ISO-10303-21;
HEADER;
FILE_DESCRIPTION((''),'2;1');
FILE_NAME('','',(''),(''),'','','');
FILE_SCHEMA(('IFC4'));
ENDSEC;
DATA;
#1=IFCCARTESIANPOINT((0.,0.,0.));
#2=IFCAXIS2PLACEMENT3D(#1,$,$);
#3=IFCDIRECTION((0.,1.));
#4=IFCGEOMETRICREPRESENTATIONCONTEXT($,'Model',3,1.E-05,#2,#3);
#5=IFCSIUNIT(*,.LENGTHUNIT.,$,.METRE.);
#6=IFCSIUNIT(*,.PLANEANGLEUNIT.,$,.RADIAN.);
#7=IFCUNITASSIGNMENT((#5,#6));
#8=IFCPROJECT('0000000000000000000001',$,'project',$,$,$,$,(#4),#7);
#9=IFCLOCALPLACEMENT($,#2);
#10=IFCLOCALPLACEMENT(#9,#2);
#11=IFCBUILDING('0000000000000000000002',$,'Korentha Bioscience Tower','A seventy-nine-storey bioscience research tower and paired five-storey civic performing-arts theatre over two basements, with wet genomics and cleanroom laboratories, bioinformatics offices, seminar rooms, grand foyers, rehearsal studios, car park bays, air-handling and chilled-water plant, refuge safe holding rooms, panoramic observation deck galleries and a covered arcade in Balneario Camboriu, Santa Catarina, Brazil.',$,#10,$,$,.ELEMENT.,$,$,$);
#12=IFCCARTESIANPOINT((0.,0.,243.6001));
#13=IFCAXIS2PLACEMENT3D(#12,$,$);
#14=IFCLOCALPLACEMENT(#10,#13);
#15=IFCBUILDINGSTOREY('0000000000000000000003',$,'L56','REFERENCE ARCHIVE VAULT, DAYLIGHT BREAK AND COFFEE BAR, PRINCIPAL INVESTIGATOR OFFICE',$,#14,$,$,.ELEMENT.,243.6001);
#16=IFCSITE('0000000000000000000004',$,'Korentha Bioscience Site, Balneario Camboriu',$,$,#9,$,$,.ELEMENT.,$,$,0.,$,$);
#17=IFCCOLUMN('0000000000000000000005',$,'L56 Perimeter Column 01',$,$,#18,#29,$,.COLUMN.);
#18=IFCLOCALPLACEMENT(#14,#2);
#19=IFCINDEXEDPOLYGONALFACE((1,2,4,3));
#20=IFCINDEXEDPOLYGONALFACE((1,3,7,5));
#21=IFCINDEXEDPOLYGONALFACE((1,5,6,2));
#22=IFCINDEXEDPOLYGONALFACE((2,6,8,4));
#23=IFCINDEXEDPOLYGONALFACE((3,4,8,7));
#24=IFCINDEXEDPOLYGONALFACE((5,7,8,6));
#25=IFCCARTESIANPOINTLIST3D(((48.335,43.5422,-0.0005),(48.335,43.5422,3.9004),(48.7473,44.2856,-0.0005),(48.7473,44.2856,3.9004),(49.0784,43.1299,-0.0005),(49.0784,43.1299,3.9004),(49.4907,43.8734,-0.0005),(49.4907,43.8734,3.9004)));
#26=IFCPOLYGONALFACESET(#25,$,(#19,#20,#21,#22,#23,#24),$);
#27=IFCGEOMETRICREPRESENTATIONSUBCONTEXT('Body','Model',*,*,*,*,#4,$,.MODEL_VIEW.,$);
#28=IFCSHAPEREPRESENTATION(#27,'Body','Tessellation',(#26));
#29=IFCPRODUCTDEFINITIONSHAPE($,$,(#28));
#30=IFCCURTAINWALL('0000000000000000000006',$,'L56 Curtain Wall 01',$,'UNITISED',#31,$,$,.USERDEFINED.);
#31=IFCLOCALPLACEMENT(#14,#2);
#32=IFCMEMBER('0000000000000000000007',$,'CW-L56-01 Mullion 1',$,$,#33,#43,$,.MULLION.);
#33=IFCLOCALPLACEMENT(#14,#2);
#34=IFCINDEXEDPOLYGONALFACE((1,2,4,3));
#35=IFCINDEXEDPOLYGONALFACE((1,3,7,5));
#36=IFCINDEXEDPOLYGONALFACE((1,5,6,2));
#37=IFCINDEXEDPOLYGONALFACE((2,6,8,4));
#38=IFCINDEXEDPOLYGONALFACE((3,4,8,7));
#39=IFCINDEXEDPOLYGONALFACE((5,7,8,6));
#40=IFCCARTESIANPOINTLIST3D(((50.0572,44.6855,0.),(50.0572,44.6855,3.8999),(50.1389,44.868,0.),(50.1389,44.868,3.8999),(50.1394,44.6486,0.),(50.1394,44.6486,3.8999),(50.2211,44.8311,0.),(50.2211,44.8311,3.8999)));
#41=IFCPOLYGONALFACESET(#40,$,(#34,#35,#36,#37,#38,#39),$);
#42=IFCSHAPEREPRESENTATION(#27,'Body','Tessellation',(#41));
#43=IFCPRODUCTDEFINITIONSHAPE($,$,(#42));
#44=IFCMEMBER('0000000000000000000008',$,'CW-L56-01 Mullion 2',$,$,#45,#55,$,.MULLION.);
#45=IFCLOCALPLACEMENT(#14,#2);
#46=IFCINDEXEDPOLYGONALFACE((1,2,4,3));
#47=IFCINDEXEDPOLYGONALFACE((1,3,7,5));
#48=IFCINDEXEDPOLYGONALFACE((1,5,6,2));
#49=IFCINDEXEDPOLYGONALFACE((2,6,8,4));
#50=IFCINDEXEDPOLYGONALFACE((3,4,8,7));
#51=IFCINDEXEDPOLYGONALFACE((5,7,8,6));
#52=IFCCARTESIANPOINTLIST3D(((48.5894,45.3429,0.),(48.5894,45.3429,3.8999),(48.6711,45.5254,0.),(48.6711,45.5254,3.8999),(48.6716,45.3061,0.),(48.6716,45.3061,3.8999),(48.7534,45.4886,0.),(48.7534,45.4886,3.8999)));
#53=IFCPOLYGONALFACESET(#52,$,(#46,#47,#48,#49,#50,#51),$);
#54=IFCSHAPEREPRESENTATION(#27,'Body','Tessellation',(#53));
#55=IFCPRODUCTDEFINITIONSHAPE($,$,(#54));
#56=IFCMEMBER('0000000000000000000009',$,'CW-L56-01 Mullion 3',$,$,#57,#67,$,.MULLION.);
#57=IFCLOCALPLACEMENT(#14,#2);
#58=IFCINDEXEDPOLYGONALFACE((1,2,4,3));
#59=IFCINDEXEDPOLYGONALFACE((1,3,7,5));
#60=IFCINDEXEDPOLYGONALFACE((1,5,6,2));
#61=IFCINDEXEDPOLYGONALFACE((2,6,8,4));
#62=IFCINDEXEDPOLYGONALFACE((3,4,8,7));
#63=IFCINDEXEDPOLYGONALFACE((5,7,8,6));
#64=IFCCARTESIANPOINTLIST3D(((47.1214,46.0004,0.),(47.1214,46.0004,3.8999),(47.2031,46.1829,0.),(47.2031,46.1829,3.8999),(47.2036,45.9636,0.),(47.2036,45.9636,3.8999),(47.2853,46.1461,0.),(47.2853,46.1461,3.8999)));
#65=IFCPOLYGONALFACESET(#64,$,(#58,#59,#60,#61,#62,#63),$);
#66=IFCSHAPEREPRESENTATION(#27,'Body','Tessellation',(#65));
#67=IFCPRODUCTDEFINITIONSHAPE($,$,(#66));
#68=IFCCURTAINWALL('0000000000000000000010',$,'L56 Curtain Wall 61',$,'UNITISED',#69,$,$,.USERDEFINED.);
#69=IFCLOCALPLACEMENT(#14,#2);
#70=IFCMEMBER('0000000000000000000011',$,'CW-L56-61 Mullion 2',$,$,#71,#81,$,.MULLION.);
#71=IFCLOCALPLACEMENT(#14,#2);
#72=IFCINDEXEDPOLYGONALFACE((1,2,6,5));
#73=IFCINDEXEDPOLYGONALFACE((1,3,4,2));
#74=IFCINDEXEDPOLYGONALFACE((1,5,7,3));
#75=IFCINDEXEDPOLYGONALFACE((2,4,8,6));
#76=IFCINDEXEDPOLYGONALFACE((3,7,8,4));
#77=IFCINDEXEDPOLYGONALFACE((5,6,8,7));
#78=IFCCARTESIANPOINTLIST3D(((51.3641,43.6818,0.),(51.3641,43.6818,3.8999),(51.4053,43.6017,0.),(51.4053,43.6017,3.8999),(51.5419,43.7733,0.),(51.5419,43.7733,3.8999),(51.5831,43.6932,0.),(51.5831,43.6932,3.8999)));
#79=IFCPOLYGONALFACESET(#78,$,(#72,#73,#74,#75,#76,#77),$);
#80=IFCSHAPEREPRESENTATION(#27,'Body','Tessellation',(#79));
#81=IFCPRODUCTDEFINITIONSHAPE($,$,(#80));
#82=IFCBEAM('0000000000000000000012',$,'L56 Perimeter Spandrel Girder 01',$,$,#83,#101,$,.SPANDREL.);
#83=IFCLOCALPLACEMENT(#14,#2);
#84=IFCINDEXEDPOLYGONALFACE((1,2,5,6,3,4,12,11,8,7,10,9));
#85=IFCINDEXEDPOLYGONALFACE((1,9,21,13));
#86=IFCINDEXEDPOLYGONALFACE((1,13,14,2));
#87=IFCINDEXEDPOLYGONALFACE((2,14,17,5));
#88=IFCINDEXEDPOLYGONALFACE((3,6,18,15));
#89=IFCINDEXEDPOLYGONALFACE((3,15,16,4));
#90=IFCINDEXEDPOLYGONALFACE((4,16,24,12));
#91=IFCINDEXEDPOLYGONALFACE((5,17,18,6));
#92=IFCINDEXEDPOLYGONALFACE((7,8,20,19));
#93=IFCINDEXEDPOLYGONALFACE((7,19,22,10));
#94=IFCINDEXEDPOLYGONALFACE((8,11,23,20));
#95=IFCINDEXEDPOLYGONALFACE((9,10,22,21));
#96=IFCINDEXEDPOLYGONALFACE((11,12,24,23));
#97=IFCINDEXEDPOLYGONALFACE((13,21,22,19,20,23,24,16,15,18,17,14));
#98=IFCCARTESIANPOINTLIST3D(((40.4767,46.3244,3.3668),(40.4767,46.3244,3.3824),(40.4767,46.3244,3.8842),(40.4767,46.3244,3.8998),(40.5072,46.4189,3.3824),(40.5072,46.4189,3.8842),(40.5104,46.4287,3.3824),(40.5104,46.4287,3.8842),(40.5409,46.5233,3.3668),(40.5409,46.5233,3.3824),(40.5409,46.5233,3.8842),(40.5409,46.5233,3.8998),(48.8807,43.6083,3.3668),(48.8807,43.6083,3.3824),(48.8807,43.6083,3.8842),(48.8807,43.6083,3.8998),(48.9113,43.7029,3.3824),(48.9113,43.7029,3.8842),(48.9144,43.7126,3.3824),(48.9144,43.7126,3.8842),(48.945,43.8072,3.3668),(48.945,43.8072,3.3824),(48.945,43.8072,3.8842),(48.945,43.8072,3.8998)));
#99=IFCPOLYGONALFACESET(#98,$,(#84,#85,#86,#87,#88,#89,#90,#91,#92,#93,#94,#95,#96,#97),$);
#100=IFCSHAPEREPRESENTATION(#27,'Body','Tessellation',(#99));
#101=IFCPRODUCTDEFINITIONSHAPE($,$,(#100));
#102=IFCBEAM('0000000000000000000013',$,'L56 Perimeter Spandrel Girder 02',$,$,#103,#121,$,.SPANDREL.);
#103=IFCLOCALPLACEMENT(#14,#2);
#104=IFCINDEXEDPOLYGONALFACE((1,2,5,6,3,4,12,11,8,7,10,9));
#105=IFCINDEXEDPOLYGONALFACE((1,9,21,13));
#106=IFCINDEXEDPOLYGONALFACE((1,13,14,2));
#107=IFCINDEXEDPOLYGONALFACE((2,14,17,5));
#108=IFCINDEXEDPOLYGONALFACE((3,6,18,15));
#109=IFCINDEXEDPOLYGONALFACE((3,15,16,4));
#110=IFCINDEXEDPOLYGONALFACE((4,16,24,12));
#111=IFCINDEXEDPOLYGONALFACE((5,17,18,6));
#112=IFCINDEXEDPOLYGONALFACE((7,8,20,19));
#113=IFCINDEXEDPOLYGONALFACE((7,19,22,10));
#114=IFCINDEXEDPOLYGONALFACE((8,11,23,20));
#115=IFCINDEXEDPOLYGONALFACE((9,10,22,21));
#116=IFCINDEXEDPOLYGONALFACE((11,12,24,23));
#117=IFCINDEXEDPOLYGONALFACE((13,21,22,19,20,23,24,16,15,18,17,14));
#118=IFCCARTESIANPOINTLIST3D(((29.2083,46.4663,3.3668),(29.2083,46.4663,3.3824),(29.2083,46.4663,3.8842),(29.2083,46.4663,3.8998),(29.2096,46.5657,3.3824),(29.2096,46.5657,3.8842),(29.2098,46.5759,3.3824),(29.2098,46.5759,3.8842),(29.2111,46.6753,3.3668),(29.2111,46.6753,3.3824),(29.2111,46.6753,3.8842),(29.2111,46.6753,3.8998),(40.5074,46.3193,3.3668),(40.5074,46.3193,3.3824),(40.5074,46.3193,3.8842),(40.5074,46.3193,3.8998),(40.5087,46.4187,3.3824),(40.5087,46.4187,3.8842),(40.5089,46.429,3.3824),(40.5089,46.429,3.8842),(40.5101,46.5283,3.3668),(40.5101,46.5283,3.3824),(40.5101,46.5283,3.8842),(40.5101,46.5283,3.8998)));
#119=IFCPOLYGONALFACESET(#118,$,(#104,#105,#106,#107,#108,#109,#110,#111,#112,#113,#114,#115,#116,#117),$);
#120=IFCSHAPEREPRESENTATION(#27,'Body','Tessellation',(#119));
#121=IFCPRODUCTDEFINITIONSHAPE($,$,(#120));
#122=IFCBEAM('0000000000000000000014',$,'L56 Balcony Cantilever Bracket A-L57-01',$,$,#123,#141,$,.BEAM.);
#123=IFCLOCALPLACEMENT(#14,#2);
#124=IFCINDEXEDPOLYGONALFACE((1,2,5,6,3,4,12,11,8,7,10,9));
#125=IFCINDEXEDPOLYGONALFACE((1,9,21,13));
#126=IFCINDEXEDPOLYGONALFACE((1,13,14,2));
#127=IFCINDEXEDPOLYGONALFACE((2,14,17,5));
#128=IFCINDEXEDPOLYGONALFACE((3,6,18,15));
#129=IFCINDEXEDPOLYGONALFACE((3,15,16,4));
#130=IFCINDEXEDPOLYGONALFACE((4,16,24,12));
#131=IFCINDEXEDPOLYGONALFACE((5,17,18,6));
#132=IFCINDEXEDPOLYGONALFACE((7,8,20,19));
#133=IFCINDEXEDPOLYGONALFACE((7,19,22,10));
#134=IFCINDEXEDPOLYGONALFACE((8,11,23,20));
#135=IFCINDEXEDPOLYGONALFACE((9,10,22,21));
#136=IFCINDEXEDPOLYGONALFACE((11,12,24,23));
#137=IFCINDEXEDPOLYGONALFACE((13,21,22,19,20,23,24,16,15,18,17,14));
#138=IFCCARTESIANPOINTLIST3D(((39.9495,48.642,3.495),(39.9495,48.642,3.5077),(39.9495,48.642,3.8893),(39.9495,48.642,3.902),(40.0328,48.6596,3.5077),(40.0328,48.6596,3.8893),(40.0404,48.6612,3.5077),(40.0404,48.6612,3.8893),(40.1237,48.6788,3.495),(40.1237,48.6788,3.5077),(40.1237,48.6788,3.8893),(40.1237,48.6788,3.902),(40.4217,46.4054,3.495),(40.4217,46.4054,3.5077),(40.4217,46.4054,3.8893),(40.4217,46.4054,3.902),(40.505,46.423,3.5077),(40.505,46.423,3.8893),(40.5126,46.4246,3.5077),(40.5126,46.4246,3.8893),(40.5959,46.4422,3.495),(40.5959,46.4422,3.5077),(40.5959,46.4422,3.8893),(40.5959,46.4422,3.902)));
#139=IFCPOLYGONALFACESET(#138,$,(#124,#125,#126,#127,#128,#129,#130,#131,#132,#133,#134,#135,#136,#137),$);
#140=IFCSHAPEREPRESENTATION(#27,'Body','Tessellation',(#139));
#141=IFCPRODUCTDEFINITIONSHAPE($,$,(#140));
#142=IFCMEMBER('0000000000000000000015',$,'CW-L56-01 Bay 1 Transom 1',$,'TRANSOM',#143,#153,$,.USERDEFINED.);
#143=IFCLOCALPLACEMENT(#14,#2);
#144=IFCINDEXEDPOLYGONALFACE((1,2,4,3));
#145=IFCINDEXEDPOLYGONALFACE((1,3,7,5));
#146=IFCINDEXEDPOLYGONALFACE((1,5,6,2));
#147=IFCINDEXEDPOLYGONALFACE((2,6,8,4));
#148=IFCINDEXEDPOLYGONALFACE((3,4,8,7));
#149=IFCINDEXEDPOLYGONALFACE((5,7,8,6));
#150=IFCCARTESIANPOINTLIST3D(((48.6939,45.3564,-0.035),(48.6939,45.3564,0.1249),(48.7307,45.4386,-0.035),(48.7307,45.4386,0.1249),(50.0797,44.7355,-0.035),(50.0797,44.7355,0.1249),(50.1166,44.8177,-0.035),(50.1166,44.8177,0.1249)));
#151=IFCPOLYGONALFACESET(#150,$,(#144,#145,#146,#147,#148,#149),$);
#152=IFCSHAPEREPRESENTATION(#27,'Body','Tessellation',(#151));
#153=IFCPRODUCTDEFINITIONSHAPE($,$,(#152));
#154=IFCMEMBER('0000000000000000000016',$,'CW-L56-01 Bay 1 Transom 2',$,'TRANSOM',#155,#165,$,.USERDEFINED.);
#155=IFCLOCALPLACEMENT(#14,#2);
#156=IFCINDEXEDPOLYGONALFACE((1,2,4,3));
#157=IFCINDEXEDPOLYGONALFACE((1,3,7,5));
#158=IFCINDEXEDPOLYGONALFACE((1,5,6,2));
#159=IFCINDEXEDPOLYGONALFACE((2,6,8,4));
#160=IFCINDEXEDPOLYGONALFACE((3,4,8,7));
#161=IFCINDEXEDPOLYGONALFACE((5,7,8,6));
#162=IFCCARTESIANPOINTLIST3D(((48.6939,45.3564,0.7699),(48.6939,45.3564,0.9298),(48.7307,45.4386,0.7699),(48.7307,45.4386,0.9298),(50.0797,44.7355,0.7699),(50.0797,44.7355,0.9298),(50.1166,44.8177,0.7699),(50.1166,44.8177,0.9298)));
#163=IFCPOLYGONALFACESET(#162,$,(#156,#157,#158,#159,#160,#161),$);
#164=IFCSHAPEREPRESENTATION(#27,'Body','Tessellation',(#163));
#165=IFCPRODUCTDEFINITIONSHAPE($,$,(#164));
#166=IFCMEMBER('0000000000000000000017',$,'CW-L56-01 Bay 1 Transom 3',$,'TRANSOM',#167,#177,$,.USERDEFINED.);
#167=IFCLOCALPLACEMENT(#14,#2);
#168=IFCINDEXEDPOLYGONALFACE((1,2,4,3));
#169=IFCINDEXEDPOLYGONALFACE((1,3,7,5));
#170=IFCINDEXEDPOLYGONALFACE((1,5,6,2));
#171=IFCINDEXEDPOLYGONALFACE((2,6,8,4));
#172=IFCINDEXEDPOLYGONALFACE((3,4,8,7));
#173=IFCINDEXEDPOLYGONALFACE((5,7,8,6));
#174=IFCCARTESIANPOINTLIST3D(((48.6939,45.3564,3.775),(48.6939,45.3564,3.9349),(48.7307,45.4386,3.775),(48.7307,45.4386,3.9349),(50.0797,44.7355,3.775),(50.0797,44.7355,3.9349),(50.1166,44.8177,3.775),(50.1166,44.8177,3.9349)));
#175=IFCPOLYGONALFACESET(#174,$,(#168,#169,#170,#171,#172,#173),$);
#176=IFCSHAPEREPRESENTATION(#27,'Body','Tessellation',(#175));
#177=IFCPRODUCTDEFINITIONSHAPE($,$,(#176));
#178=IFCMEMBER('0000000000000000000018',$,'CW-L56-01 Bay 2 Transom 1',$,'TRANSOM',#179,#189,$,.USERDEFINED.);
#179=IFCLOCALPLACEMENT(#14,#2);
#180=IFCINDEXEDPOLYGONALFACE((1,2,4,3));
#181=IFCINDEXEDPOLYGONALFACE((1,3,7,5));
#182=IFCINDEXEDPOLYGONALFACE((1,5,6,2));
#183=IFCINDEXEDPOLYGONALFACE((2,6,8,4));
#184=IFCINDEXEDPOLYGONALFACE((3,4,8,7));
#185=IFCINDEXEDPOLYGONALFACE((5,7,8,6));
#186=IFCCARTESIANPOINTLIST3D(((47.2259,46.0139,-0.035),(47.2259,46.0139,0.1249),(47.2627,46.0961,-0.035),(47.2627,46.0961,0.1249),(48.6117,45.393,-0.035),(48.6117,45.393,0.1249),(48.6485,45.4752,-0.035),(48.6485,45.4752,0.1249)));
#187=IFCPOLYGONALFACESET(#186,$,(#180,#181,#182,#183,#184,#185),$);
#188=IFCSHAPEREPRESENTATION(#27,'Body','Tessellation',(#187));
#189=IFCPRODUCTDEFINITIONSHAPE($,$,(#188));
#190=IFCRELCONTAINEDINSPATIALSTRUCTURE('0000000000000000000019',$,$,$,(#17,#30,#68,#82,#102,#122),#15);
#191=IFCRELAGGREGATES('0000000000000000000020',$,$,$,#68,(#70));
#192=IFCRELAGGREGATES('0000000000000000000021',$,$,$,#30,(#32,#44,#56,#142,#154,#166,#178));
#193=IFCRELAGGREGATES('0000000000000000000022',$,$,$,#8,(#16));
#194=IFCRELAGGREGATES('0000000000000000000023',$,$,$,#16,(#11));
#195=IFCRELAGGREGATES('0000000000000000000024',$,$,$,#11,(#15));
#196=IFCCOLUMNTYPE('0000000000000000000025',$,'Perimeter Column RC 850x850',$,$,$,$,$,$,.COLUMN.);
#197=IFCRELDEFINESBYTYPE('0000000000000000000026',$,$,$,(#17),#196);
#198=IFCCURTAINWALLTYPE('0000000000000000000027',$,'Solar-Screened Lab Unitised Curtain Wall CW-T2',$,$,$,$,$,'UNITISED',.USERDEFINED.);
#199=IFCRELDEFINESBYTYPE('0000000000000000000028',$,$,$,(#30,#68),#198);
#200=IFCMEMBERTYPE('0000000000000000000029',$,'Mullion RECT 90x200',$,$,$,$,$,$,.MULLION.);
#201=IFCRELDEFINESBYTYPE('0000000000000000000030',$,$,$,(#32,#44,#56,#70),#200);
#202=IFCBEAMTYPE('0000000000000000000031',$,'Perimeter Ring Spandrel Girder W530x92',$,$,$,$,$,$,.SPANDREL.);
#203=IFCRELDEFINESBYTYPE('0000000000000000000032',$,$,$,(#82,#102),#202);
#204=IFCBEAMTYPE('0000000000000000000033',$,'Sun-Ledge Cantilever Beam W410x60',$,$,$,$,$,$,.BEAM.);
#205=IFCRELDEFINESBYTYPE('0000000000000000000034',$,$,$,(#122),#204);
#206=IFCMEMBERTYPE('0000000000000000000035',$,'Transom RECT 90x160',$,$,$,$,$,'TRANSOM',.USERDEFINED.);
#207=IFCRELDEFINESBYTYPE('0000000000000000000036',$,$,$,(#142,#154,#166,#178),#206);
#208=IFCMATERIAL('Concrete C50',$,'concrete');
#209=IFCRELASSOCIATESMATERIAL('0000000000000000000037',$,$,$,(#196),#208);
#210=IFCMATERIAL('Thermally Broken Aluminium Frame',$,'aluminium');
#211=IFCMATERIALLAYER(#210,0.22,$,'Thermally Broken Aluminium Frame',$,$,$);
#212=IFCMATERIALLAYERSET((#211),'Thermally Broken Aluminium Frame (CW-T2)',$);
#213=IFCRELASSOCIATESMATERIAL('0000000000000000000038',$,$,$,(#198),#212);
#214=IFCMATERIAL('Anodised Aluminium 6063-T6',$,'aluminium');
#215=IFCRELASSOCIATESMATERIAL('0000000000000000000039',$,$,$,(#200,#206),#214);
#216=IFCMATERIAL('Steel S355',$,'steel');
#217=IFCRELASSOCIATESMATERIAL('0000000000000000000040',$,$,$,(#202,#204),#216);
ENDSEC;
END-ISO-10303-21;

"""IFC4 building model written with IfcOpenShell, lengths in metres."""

from ifc_helpers import new_model, si_unit, direction, frame, origin, origin_2d, place, context, subcontext, project, spatial, rectangle, i_section, extrude, material, layer, layer_set, material_profile, profile_set, type_object, element, aggregate, save


model = new_model("IFC4")

# Units and contexts
model_context = context("Model", 3, precision=1e-05, world=origin(), true_north=direction((0.0, 1.0)))
body_context = subcontext(model_context, "Body", "Model", "MODEL_VIEW")
ifc_project = project(units=[si_unit("LENGTHUNIT", "METRE"), si_unit("PLANEANGLEUNIT", "RADIAN")], contexts=[model_context])

# Site, building, storey
site_placement = place(None, origin())
site = spatial("IfcSite", under=ifc_project, at=site_placement, Name="Korentha Bioscience Site, Balneario Camboriu", CompositionType="ELEMENT", RefElevation=0.0)
building_placement = place(site_placement, origin())
building = spatial("IfcBuilding", under=site, at=building_placement, Name="Korentha Bioscience Tower", Description="A seventy-nine-storey bioscience research tower and paired five-storey civic performing-arts theatre over two basements, with wet genomics and cleanroom laboratories, bioinformatics offices, seminar rooms, grand foyers, rehearsal studios, car park bays, air-handling and chilled-water plant, refuge safe holding rooms, panoramic observation deck galleries and a covered arcade in Balneario Camboriu, Santa Catarina, Brazil.", CompositionType="ELEMENT")
storey_placement = place(building_placement, frame((0.0, 0.0, 243.6001)))
storey = spatial("IfcBuildingStorey", under=building, at=storey_placement, Name="L56", Description="REFERENCE ARCHIVE VAULT, DAYLIGHT BREAK AND COFFEE BAR, PRINCIPAL INVESTIGATOR OFFICE", CompositionType="ELEMENT", Elevation=243.6001)

# Column
ifc_material_1 = material(Name="Concrete C50", Category="concrete")
ifc_material_profile_1 = material_profile(ifc_material_1, rectangle(XDim=0.8501, YDim=0.8501, at=origin_2d()), Name="Concrete C50")
ifc_profile_set_1 = profile_set([ifc_material_profile_1], Name="Concrete C50 (COL-P08)")
column_type = type_object("IfcColumnType", Name="Perimeter Column RC 850x850", PredefinedType="COLUMN", material=ifc_profile_set_1)
column_placement = place(storey_placement, frame((48.9128, 43.7078, -0.0005), z_axis=(0.0, 0.0, 1.0), x_axis=(-0.874535, 0.484962, 0.0)))
element("IfcColumn", 1, at=column_placement, inside=storey, type_object=column_type, Name="L56 Perimeter Column 01", PredefinedType="COLUMN", context=body_context, shape_type="SweptSolid", body=[
    extrude(rectangle(XDim=0.8501, YDim=0.8501, at=origin_2d()), origin(), (0.0, 0.0, 1.0), 3.9009),
])

# Curtain wall, members
ifc_material_2 = material(Name="Thermally Broken Aluminium Frame", Category="aluminium")
ifc_layer_1 = layer(ifc_material_2, 0.22, Name="Thermally Broken Aluminium Frame")
ifc_layer_set_1 = layer_set([ifc_layer_1], Name="Thermally Broken Aluminium Frame (CW-T2)")
curtain_wall_type = type_object("IfcCurtainWallType", Name="Solar-Screened Lab Unitised Curtain Wall CW-T2", ElementType="UNITISED", PredefinedType="USERDEFINED", material=ifc_layer_set_1)
curtain_wall_1_placement = place(storey_placement, origin())
curtain_wall_1 = element("IfcCurtainWall", 2, at=curtain_wall_1_placement, inside=storey, type_object=curtain_wall_type, Name="L56 Curtain Wall 01", ObjectType="UNITISED", PredefinedType="USERDEFINED")
ifc_material_3 = material(Name="Anodised Aluminium 6063-T6", Category="aluminium")
ifc_material_profile_2 = material_profile(ifc_material_3, rectangle(XDim=0.0901, YDim=0.2, at=origin_2d()), Name="Anodised Aluminium 6063-T6")
ifc_profile_set_2 = profile_set([ifc_material_profile_2], Name="Anodised Aluminium 6063-T6 (CW-MUL)")
member_type_1 = type_object("IfcMemberType", Name="Mullion RECT 90x200", PredefinedType="MULLION", material=ifc_profile_set_2)
member_1_placement = place(storey_placement, frame((50.1392, 44.7583, 0.0), z_axis=(0.0, 0.0, 1.0), x_axis=(-0.912622, 0.408805, 0.0)))
member_1 = element("IfcMember", 3, at=member_1_placement, type_object=member_type_1, Name="CW-L56-01 Mullion 1", PredefinedType="MULLION", context=body_context, shape_type="SweptSolid", body=[
    extrude(rectangle(XDim=0.0901, YDim=0.2, at=origin_2d()), origin(), (0.0, 0.0, 1.0), 3.8999),
])
member_2_placement = place(storey_placement, frame((48.6714, 45.4158, 0.0), z_axis=(0.0, 0.0, 1.0), x_axis=(-0.912622, 0.408805, 0.0)))
member_2 = element("IfcMember", 4, at=member_2_placement, type_object=member_type_1, Name="CW-L56-01 Mullion 2", PredefinedType="MULLION", context=body_context, shape_type="SweptSolid", body=[
    extrude(rectangle(XDim=0.0901, YDim=0.2, at=origin_2d()), origin(), (0.0, 0.0, 1.0), 3.8999),
])
member_3_placement = place(storey_placement, frame((47.2034, 46.0732, 0.0), z_axis=(0.0, 0.0, 1.0), x_axis=(-0.912622, 0.408805, 0.0)))
member_3 = element("IfcMember", 5, at=member_3_placement, type_object=member_type_1, Name="CW-L56-01 Mullion 3", PredefinedType="MULLION", context=body_context, shape_type="SweptSolid", body=[
    extrude(rectangle(XDim=0.0901, YDim=0.2, at=origin_2d()), origin(), (0.0, 0.0, 1.0), 3.8999),
])

# Curtain wall, member
curtain_wall_2_placement = place(storey_placement, origin())
curtain_wall_2 = element("IfcCurtainWall", 6, at=curtain_wall_2_placement, inside=storey, type_object=curtain_wall_type, Name="L56 Curtain Wall 61", ObjectType="UNITISED", PredefinedType="USERDEFINED")
member_4_placement = place(storey_placement, frame((51.4736, 43.6875, 0.0), z_axis=(0.0, 0.0, 1.0), x_axis=(-0.45757, 0.889174, 0.0)))
member_4 = element("IfcMember", 7, at=member_4_placement, type_object=member_type_1, Name="CW-L56-61 Mullion 2", PredefinedType="MULLION", context=body_context, shape_type="SweptSolid", body=[
    extrude(rectangle(XDim=0.0901, YDim=0.2, at=origin_2d()), origin(), (0.0, 0.0, 1.0), 3.8999),
])
aggregate(curtain_wall_2, [member_4])

# Beams
ifc_material_4 = material(Name="Steel S355", Category="steel")
ifc_material_profile_3 = material_profile(ifc_material_4, i_section(OverallWidth=0.209, OverallDepth=0.533, WebThickness=0.0103, FlangeThickness=0.0156, at=origin_2d()), Name="Steel S355")
ifc_profile_set_3 = profile_set([ifc_material_profile_3], Name="Steel S355 (SB-530)")
beam_type_1 = type_object("IfcBeamType", Name="Perimeter Ring Spandrel Girder W530x92", PredefinedType="SPANDREL", material=ifc_profile_set_3)
beam_1_placement = place(storey_placement, frame((48.9128, 43.7078, 3.6333), z_axis=(-0.95154, 0.307524, 0.0), x_axis=(-0.307524, -0.95154, 0.0)))
element("IfcBeam", 8, at=beam_1_placement, inside=storey, type_object=beam_type_1, Name="L56 Perimeter Spandrel Girder 01", PredefinedType="SPANDREL", context=body_context, shape_type="SweptSolid", body=[
    extrude(i_section(OverallWidth=0.209, OverallDepth=0.533, WebThickness=0.0103, FlangeThickness=0.0156, at=origin_2d()), origin(), (0.0, 0.0, 1.0), 8.832),
])
beam_2_placement = place(storey_placement, frame((40.5088, 46.4238, 3.6333), z_axis=(-0.999915, 0.013006, 0.0), x_axis=(-0.013006, -0.999915, 0.0)))
element("IfcBeam", 9, at=beam_2_placement, inside=storey, type_object=beam_type_1, Name="L56 Perimeter Spandrel Girder 02", PredefinedType="SPANDREL", context=body_context, shape_type="SweptSolid", body=[
    extrude(i_section(OverallWidth=0.209, OverallDepth=0.533, WebThickness=0.0103, FlangeThickness=0.0156, at=origin_2d()), origin(), (0.0, 0.0, 1.0), 11.3),
])
ifc_material_profile_4 = material_profile(ifc_material_4, i_section(OverallWidth=0.178, OverallDepth=0.407, WebThickness=0.0078, FlangeThickness=0.0127, at=origin_2d()), Name="Steel S355")
ifc_profile_set_4 = profile_set([ifc_material_profile_4], Name="Steel S355 (CB-410)")
beam_type_2 = type_object("IfcBeamType", Name="Sun-Ledge Cantilever Beam W410x60", PredefinedType="BEAM", material=ifc_profile_set_4)
beam_3_placement = place(storey_placement, frame((40.5088, 46.4238, 3.6985), z_axis=(-0.206559, 0.978434, 0.0), x_axis=(-0.978434, -0.206559, 0.0)))
element("IfcBeam", 10, at=beam_3_placement, inside=storey, type_object=beam_type_2, Name="L56 Balcony Cantilever Bracket A-L57-01", PredefinedType="BEAM", context=body_context, shape_type="SweptSolid", body=[
    extrude(i_section(OverallWidth=0.178, OverallDepth=0.407, WebThickness=0.0078, FlangeThickness=0.0127, at=origin_2d()), origin(), (0.0, 0.0, 1.0), 2.2859),
])

# Members
ifc_material_profile_5 = material_profile(ifc_material_3, rectangle(XDim=0.0901, YDim=0.1599, at=origin_2d()), Name="Anodised Aluminium 6063-T6")
ifc_profile_set_5 = profile_set([ifc_material_profile_5], Name="Anodised Aluminium 6063-T6 (CW-TRN)")
member_type_2 = type_object("IfcMemberType", Name="Transom RECT 90x160", ElementType="TRANSOM", PredefinedType="USERDEFINED", material=ifc_profile_set_5)
member_5_placement = place(storey_placement, frame((50.0981, 44.7766, 0.0449), z_axis=(-0.912594, 0.408867, 0.0), x_axis=(-0.408867, -0.912594, 0.0)))
member_5 = element("IfcMember", 11, at=member_5_placement, type_object=member_type_2, Name="CW-L56-01 Bay 1 Transom 1", ObjectType="TRANSOM", PredefinedType="USERDEFINED", context=body_context, shape_type="SweptSolid", body=[
    extrude(rectangle(XDim=0.0901, YDim=0.1599, at=origin_2d()), origin(), (0.0, 0.0, 1.0), 1.5186),
])
member_6_placement = place(storey_placement, frame((50.0981, 44.7766, 0.8499), z_axis=(-0.912594, 0.408867, 0.0), x_axis=(-0.408867, -0.912594, 0.0)))
member_6 = element("IfcMember", 12, at=member_6_placement, type_object=member_type_2, Name="CW-L56-01 Bay 1 Transom 2", ObjectType="TRANSOM", PredefinedType="USERDEFINED", context=body_context, shape_type="SweptSolid", body=[
    extrude(rectangle(XDim=0.0901, YDim=0.1599, at=origin_2d()), origin(), (0.0, 0.0, 1.0), 1.5186),
])
member_7_placement = place(storey_placement, frame((50.0981, 44.7766, 3.855), z_axis=(-0.912594, 0.408867, 0.0), x_axis=(-0.408867, -0.912594, 0.0)))
member_7 = element("IfcMember", 13, at=member_7_placement, type_object=member_type_2, Name="CW-L56-01 Bay 1 Transom 3", ObjectType="TRANSOM", PredefinedType="USERDEFINED", context=body_context, shape_type="SweptSolid", body=[
    extrude(rectangle(XDim=0.0901, YDim=0.1599, at=origin_2d()), origin(), (0.0, 0.0, 1.0), 1.5186),
])
member_8_placement = place(storey_placement, frame((48.6301, 45.4341, 0.0449), z_axis=(-0.912594, 0.408867, 0.0), x_axis=(-0.408867, -0.912594, 0.0)))
member_8 = element("IfcMember", 14, at=member_8_placement, type_object=member_type_2, Name="CW-L56-01 Bay 2 Transom 1", ObjectType="TRANSOM", PredefinedType="USERDEFINED", context=body_context, shape_type="SweptSolid", body=[
    extrude(rectangle(XDim=0.0901, YDim=0.1599, at=origin_2d()), origin(), (0.0, 0.0, 1.0), 1.5186),
])

aggregate(curtain_wall_1, [member_1, member_2, member_3, member_5, member_6, member_7, member_8])

save(model, "model.ifc")
